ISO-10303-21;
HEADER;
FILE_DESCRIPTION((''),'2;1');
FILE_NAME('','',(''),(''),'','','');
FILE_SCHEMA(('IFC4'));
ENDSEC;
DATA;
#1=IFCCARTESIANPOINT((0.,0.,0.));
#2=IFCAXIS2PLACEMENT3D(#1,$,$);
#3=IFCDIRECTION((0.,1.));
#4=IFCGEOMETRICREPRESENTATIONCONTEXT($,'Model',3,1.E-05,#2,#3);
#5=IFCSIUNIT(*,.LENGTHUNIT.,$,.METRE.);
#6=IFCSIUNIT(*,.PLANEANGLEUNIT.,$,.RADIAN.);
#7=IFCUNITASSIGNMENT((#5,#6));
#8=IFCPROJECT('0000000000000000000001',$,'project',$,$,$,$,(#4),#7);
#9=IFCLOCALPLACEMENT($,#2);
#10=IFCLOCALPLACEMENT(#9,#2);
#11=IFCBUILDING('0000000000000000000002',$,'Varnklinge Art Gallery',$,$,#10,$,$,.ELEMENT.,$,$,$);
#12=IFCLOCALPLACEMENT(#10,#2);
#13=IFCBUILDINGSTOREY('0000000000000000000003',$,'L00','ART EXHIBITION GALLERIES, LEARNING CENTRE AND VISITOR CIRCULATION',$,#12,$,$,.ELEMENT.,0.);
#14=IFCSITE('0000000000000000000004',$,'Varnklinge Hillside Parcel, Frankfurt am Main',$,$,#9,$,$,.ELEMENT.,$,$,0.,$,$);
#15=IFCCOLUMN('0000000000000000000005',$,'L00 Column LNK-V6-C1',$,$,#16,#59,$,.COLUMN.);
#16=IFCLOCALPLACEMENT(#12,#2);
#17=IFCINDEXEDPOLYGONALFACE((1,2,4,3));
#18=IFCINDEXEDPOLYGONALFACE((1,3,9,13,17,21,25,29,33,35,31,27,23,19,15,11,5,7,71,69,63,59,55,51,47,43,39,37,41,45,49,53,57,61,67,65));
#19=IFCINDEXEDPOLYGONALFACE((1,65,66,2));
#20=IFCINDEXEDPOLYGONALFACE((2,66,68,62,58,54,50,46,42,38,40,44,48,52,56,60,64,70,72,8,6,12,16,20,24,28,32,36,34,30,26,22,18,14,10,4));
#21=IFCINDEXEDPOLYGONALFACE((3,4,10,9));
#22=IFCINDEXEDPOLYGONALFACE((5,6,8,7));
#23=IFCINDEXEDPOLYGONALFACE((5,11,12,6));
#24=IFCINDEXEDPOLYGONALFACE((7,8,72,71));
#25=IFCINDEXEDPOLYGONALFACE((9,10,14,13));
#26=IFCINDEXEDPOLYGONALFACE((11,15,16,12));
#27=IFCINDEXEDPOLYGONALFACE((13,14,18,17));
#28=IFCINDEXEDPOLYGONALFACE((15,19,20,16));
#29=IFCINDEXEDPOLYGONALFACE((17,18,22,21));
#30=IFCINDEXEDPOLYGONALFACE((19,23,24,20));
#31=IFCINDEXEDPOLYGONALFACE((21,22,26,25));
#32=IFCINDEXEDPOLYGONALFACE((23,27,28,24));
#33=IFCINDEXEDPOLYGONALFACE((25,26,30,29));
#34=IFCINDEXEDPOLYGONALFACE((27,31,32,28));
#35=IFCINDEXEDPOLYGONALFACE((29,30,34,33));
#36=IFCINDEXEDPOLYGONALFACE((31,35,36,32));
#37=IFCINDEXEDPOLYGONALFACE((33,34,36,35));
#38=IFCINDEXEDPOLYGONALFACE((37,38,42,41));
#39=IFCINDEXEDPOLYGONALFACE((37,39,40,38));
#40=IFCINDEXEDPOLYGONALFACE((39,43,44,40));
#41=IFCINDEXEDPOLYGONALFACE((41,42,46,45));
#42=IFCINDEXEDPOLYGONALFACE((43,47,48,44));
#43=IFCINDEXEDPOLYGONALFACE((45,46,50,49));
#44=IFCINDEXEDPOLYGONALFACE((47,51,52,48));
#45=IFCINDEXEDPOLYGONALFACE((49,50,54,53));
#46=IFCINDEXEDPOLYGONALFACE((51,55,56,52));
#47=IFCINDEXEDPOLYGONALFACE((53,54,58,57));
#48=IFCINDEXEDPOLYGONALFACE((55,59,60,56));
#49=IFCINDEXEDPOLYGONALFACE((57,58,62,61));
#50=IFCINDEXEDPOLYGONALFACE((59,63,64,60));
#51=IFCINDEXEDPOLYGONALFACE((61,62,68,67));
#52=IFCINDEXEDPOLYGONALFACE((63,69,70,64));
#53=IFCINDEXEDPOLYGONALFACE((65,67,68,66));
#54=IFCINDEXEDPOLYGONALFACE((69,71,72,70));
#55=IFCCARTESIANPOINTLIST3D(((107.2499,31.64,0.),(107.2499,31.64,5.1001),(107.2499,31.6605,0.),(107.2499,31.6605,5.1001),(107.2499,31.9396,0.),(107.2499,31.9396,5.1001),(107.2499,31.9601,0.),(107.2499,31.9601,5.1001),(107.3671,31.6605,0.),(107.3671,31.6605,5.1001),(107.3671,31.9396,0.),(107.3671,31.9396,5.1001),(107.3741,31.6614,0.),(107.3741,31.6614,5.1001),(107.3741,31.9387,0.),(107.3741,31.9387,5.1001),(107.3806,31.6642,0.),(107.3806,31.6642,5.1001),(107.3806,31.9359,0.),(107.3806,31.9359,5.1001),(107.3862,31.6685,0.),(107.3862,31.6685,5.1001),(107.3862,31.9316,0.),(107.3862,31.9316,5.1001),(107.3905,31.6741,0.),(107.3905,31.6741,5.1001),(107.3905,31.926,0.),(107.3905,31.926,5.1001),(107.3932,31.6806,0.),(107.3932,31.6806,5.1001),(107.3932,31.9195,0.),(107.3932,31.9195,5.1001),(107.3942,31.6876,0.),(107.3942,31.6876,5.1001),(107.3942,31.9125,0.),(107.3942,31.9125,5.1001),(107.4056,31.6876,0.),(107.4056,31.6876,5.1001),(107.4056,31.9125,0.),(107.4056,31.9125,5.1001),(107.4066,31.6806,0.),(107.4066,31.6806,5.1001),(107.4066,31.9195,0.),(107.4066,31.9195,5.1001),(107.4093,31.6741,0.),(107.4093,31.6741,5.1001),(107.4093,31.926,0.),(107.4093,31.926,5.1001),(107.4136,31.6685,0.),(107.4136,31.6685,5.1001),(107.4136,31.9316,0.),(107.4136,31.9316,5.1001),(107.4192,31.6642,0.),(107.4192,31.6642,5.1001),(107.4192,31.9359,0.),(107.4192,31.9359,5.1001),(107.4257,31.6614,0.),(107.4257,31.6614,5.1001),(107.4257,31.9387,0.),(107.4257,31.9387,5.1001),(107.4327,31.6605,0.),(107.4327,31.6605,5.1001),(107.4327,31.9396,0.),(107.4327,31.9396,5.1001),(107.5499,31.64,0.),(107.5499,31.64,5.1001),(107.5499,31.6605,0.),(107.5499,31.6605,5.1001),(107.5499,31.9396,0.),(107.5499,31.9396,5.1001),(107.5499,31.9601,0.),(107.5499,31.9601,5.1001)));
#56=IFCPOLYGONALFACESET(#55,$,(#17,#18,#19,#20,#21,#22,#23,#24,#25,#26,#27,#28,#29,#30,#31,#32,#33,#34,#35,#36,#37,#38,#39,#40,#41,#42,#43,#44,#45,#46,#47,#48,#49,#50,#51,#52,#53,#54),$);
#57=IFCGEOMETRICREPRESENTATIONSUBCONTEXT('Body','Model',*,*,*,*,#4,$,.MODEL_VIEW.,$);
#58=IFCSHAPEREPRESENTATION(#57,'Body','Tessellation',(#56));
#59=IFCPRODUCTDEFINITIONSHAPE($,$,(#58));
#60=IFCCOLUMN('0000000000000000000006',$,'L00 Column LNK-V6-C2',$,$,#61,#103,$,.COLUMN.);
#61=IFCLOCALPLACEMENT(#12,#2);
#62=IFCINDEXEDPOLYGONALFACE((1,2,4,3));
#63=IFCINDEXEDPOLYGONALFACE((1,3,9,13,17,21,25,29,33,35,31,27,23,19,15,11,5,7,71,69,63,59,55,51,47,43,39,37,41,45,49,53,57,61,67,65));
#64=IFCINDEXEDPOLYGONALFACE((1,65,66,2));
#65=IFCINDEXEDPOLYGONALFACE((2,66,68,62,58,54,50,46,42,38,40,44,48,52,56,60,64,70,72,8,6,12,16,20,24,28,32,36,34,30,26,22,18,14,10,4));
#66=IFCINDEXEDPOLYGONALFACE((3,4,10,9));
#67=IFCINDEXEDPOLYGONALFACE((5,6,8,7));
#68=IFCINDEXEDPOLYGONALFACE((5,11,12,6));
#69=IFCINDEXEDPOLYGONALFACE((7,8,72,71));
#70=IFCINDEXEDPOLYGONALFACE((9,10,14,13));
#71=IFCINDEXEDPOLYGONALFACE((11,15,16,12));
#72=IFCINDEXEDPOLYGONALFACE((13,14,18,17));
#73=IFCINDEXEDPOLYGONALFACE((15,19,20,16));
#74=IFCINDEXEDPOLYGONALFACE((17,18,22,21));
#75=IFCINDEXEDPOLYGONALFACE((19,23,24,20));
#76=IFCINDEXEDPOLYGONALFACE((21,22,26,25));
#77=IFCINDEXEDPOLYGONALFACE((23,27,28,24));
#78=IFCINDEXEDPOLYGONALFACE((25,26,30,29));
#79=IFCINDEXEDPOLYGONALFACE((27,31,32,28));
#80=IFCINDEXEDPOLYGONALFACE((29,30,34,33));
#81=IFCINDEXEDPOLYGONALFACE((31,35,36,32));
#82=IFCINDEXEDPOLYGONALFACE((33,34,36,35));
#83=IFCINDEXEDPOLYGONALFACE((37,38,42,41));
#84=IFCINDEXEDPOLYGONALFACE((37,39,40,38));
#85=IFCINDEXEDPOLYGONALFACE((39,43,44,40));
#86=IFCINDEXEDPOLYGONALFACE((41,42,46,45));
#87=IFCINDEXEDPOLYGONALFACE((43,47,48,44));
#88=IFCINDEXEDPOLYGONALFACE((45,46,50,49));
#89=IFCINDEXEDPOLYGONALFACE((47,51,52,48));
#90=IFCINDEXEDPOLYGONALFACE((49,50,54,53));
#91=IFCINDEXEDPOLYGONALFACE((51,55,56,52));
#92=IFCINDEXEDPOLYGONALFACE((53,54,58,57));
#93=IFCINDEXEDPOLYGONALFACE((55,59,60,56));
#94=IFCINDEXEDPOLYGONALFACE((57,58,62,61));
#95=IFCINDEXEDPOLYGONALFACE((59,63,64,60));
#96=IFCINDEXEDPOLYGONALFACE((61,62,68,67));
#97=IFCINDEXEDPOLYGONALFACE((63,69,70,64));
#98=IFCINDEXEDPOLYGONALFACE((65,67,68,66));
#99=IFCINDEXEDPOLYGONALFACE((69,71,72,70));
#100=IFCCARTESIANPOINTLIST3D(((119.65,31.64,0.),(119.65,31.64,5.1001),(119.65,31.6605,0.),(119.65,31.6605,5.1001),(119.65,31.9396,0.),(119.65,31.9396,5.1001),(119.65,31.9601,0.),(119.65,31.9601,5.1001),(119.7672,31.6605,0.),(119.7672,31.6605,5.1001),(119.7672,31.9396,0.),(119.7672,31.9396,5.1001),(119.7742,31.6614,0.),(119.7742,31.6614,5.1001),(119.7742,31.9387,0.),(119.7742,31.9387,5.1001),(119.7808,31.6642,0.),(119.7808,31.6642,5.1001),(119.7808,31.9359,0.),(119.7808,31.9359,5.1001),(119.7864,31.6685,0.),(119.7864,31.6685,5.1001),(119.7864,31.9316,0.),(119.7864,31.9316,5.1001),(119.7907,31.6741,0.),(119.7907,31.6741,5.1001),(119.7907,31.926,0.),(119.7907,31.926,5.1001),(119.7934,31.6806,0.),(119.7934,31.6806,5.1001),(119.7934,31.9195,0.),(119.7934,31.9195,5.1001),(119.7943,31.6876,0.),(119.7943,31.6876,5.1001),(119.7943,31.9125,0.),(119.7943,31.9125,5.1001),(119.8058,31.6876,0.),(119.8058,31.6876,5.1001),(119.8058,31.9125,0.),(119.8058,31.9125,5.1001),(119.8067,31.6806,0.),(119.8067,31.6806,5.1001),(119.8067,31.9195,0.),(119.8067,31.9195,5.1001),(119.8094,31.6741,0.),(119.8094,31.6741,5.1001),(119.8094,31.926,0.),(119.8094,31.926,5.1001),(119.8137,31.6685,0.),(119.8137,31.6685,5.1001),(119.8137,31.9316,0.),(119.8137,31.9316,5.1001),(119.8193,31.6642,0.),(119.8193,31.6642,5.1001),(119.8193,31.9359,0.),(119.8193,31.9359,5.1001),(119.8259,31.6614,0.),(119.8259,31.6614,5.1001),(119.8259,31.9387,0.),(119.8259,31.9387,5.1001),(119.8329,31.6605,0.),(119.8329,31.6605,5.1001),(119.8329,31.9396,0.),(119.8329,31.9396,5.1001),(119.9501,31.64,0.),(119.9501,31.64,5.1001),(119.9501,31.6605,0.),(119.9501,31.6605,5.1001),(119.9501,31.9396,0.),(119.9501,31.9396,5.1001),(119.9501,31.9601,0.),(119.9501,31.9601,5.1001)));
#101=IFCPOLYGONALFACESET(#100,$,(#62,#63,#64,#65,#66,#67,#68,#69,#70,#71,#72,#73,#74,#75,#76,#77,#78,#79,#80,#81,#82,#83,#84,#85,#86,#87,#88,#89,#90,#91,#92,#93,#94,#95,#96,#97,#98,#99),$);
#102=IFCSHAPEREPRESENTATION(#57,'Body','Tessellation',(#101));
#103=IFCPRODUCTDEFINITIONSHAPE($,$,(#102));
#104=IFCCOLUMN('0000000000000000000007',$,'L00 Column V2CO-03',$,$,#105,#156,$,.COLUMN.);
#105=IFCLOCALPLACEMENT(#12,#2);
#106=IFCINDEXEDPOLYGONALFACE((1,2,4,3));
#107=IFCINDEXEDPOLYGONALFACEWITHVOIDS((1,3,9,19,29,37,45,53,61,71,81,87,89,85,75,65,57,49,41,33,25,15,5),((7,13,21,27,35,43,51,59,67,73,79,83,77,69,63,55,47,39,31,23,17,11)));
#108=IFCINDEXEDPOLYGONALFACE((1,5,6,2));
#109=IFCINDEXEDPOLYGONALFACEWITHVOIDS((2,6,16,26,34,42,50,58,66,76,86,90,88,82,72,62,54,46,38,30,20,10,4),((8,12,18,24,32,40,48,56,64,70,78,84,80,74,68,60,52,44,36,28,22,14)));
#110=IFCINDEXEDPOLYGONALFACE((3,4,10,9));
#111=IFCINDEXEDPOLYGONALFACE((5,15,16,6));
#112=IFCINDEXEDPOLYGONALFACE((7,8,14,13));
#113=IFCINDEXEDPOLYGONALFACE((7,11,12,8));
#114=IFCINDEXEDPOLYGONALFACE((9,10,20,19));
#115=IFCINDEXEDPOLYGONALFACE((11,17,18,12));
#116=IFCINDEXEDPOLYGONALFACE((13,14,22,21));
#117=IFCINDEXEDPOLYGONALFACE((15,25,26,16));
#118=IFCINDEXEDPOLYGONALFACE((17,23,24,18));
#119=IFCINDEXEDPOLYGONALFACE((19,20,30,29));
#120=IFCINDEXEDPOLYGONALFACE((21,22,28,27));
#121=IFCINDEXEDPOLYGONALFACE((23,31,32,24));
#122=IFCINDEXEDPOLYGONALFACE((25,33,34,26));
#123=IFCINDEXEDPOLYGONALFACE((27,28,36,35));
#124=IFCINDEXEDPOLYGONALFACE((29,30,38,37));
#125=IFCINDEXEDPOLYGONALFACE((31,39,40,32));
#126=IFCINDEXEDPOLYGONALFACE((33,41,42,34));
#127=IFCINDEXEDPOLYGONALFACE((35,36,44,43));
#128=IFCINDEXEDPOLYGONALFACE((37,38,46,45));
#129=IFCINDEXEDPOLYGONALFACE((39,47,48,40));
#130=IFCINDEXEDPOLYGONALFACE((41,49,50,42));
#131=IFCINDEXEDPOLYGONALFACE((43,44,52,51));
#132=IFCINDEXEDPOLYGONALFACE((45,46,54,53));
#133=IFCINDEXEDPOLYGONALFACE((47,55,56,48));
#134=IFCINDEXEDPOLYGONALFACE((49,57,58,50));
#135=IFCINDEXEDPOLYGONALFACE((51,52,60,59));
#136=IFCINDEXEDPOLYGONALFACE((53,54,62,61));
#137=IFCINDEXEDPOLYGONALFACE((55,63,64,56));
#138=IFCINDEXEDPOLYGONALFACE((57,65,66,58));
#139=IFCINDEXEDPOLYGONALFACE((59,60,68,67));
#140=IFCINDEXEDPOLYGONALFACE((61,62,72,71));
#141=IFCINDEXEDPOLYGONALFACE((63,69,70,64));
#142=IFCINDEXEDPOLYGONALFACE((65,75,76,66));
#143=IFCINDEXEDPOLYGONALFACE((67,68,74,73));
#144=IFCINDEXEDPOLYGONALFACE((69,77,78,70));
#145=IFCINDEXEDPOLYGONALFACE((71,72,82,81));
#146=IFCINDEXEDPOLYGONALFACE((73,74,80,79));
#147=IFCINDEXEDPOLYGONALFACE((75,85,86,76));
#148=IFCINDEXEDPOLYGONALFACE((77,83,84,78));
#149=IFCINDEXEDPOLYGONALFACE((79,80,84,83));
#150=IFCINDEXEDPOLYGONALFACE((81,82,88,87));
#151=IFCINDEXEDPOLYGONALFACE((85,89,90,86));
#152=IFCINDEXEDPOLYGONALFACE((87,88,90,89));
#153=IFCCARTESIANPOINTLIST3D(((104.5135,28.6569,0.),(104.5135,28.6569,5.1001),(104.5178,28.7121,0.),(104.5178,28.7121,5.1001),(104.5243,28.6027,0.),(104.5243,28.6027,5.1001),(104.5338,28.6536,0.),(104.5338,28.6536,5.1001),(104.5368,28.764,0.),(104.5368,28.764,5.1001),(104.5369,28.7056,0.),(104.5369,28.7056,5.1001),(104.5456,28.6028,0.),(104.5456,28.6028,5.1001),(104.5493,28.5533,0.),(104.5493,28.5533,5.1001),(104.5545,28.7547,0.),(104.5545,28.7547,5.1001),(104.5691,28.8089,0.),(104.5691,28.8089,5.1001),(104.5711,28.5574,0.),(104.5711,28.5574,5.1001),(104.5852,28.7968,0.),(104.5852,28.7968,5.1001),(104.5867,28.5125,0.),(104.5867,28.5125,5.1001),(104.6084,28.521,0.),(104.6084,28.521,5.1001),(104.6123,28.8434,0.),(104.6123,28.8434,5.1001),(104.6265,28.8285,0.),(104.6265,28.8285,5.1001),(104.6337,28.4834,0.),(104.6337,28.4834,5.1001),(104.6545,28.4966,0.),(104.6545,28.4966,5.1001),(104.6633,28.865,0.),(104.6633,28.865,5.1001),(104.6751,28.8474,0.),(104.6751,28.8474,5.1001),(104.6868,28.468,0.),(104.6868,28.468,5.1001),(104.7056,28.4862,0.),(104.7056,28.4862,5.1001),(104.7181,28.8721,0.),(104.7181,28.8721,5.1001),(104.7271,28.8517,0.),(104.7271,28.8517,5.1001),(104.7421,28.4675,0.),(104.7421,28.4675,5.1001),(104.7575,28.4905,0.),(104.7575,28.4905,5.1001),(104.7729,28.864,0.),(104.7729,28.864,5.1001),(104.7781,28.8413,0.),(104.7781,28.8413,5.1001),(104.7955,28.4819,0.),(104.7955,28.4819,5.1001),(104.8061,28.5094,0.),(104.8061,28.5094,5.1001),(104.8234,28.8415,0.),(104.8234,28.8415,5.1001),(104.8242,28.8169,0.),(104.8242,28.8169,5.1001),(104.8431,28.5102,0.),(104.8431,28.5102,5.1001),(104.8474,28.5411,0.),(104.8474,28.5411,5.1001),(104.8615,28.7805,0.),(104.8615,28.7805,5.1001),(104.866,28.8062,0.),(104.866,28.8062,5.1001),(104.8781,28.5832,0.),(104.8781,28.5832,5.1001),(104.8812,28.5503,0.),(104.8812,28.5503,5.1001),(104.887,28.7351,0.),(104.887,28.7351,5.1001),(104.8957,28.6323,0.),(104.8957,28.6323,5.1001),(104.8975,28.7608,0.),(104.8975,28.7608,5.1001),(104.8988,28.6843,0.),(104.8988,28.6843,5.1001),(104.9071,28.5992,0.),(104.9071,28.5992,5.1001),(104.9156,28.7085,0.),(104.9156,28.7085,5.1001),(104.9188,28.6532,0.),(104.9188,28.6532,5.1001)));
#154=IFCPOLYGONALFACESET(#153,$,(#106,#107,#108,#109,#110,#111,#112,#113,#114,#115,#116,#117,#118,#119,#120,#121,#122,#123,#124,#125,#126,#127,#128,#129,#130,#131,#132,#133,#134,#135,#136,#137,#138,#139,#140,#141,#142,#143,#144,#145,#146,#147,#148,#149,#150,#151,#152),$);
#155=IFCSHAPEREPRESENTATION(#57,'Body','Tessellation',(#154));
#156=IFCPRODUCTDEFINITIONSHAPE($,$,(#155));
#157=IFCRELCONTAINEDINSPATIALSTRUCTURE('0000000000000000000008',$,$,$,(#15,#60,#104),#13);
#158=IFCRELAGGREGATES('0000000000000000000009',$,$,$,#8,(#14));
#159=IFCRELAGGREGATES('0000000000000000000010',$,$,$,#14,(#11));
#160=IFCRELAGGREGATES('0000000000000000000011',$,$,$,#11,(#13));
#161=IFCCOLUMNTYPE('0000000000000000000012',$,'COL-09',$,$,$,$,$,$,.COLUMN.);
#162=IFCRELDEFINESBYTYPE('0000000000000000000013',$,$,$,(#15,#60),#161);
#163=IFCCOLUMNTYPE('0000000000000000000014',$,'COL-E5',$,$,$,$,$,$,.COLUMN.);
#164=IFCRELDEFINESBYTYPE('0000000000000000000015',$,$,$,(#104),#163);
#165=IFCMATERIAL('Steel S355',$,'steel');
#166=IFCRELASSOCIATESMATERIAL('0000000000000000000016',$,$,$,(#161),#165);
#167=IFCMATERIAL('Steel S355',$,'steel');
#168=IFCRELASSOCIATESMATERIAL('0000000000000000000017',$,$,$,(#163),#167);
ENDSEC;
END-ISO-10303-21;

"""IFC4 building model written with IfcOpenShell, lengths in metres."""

from ifc_helpers import new_model, si_unit, direction, frame, origin, origin_2d, place, context, subcontext, project, spatial, hollow_circle, i_section, extrude, material, material_profile, profile_set, type_object, element, save


model = new_model("IFC4")

# Units and contexts
model_context = context("Model", 3, precision=1e-05, world=origin(), true_north=direction((0.0, 1.0)))
body_context = subcontext(model_context, "Body", "Model", "MODEL_VIEW")
ifc_project = project(units=[si_unit("LENGTHUNIT", "METRE"), si_unit("PLANEANGLEUNIT", "RADIAN")], contexts=[model_context])

# Site, building, storey
site_placement = place(None, origin())
site = spatial("IfcSite", under=ifc_project, at=site_placement, Name="Varnklinge Hillside Parcel, Frankfurt am Main", CompositionType="ELEMENT", RefElevation=0.0)
building_placement = place(site_placement, origin())
building = spatial("IfcBuilding", under=site, at=building_placement, Name="Varnklinge Art Gallery", CompositionType="ELEMENT")
storey_placement = place(building_placement, origin())
storey = spatial("IfcBuildingStorey", under=building, at=storey_placement, Name="L00", Description="ART EXHIBITION GALLERIES, LEARNING CENTRE AND VISITOR CIRCULATION", CompositionType="ELEMENT", Elevation=0.0)

# Columns
ifc_material_1 = material(Name="Steel S355", Category="steel")
ifc_material_profile_1 = material_profile(ifc_material_1, i_section(OverallWidth=0.3, OverallDepth=0.3201, WebThickness=0.0115, FlangeThickness=0.0205, FilletRadius=0.0271, at=origin_2d()), Name="HEB 320")
ifc_profile_set_1 = profile_set([ifc_material_profile_1], Name="Steel S355")
column_type_1 = type_object("IfcColumnType", Name="COL-09", PredefinedType="COLUMN", material=ifc_profile_set_1)
for number, where, z_axis, x_axis, name in (
    (1, (107.3999, 31.8, 0.0), (0.0, 0.0, 1.0), (1.0, 0.0, 0.0), "L00 Column LNK-V6-C1"),
    (2, (119.8, 31.8, 0.0), (0.0, 0.0, 1.0), (1.0, 0.0, 0.0), "L00 Column LNK-V6-C2"),
):
    element("IfcColumn", number, at=place(storey_placement, frame(where, z_axis=z_axis, x_axis=x_axis)), inside=storey, type_object=column_type_1, Name=name, PredefinedType="COLUMN", context=body_context, shape_type="SweptSolid", body=[
        extrude(i_section(OverallWidth=0.3, OverallDepth=0.3201, WebThickness=0.0115, FlangeThickness=0.0205, FilletRadius=0.0271, at=origin_2d()), origin(), (0.0, 0.0, 1.0), 5.1001),
    ])
ifc_material_2 = material(Name="Steel S355", Category="steel")
ifc_material_profile_2 = material_profile(ifc_material_2, hollow_circle(Radius=0.2031, WallThickness=0.02, at=origin_2d()), Name="CHS 406.4x20")
ifc_profile_set_2 = profile_set([ifc_material_profile_2], Name="Steel S355")
column_type_2 = type_object("IfcColumnType", Name="COL-E5", PredefinedType="COLUMN", material=ifc_profile_set_2)
column_placement = place(storey_placement, frame((104.7163, 28.6689, 0.0), z_axis=(0.0, 0.0, 1.0), x_axis=(-0.883684, 0.468084, 0.0)))
element("IfcColumn", 3, at=column_placement, inside=storey, type_object=column_type_2, Name="L00 Column V2CO-03", PredefinedType="COLUMN", context=body_context, shape_type="SweptSolid", body=[
    extrude(hollow_circle(Radius=0.2031, WallThickness=0.02, at=origin_2d()), origin(), (0.0, 0.0, 1.0), 5.1001),
])

save(model, "model.ifc")
